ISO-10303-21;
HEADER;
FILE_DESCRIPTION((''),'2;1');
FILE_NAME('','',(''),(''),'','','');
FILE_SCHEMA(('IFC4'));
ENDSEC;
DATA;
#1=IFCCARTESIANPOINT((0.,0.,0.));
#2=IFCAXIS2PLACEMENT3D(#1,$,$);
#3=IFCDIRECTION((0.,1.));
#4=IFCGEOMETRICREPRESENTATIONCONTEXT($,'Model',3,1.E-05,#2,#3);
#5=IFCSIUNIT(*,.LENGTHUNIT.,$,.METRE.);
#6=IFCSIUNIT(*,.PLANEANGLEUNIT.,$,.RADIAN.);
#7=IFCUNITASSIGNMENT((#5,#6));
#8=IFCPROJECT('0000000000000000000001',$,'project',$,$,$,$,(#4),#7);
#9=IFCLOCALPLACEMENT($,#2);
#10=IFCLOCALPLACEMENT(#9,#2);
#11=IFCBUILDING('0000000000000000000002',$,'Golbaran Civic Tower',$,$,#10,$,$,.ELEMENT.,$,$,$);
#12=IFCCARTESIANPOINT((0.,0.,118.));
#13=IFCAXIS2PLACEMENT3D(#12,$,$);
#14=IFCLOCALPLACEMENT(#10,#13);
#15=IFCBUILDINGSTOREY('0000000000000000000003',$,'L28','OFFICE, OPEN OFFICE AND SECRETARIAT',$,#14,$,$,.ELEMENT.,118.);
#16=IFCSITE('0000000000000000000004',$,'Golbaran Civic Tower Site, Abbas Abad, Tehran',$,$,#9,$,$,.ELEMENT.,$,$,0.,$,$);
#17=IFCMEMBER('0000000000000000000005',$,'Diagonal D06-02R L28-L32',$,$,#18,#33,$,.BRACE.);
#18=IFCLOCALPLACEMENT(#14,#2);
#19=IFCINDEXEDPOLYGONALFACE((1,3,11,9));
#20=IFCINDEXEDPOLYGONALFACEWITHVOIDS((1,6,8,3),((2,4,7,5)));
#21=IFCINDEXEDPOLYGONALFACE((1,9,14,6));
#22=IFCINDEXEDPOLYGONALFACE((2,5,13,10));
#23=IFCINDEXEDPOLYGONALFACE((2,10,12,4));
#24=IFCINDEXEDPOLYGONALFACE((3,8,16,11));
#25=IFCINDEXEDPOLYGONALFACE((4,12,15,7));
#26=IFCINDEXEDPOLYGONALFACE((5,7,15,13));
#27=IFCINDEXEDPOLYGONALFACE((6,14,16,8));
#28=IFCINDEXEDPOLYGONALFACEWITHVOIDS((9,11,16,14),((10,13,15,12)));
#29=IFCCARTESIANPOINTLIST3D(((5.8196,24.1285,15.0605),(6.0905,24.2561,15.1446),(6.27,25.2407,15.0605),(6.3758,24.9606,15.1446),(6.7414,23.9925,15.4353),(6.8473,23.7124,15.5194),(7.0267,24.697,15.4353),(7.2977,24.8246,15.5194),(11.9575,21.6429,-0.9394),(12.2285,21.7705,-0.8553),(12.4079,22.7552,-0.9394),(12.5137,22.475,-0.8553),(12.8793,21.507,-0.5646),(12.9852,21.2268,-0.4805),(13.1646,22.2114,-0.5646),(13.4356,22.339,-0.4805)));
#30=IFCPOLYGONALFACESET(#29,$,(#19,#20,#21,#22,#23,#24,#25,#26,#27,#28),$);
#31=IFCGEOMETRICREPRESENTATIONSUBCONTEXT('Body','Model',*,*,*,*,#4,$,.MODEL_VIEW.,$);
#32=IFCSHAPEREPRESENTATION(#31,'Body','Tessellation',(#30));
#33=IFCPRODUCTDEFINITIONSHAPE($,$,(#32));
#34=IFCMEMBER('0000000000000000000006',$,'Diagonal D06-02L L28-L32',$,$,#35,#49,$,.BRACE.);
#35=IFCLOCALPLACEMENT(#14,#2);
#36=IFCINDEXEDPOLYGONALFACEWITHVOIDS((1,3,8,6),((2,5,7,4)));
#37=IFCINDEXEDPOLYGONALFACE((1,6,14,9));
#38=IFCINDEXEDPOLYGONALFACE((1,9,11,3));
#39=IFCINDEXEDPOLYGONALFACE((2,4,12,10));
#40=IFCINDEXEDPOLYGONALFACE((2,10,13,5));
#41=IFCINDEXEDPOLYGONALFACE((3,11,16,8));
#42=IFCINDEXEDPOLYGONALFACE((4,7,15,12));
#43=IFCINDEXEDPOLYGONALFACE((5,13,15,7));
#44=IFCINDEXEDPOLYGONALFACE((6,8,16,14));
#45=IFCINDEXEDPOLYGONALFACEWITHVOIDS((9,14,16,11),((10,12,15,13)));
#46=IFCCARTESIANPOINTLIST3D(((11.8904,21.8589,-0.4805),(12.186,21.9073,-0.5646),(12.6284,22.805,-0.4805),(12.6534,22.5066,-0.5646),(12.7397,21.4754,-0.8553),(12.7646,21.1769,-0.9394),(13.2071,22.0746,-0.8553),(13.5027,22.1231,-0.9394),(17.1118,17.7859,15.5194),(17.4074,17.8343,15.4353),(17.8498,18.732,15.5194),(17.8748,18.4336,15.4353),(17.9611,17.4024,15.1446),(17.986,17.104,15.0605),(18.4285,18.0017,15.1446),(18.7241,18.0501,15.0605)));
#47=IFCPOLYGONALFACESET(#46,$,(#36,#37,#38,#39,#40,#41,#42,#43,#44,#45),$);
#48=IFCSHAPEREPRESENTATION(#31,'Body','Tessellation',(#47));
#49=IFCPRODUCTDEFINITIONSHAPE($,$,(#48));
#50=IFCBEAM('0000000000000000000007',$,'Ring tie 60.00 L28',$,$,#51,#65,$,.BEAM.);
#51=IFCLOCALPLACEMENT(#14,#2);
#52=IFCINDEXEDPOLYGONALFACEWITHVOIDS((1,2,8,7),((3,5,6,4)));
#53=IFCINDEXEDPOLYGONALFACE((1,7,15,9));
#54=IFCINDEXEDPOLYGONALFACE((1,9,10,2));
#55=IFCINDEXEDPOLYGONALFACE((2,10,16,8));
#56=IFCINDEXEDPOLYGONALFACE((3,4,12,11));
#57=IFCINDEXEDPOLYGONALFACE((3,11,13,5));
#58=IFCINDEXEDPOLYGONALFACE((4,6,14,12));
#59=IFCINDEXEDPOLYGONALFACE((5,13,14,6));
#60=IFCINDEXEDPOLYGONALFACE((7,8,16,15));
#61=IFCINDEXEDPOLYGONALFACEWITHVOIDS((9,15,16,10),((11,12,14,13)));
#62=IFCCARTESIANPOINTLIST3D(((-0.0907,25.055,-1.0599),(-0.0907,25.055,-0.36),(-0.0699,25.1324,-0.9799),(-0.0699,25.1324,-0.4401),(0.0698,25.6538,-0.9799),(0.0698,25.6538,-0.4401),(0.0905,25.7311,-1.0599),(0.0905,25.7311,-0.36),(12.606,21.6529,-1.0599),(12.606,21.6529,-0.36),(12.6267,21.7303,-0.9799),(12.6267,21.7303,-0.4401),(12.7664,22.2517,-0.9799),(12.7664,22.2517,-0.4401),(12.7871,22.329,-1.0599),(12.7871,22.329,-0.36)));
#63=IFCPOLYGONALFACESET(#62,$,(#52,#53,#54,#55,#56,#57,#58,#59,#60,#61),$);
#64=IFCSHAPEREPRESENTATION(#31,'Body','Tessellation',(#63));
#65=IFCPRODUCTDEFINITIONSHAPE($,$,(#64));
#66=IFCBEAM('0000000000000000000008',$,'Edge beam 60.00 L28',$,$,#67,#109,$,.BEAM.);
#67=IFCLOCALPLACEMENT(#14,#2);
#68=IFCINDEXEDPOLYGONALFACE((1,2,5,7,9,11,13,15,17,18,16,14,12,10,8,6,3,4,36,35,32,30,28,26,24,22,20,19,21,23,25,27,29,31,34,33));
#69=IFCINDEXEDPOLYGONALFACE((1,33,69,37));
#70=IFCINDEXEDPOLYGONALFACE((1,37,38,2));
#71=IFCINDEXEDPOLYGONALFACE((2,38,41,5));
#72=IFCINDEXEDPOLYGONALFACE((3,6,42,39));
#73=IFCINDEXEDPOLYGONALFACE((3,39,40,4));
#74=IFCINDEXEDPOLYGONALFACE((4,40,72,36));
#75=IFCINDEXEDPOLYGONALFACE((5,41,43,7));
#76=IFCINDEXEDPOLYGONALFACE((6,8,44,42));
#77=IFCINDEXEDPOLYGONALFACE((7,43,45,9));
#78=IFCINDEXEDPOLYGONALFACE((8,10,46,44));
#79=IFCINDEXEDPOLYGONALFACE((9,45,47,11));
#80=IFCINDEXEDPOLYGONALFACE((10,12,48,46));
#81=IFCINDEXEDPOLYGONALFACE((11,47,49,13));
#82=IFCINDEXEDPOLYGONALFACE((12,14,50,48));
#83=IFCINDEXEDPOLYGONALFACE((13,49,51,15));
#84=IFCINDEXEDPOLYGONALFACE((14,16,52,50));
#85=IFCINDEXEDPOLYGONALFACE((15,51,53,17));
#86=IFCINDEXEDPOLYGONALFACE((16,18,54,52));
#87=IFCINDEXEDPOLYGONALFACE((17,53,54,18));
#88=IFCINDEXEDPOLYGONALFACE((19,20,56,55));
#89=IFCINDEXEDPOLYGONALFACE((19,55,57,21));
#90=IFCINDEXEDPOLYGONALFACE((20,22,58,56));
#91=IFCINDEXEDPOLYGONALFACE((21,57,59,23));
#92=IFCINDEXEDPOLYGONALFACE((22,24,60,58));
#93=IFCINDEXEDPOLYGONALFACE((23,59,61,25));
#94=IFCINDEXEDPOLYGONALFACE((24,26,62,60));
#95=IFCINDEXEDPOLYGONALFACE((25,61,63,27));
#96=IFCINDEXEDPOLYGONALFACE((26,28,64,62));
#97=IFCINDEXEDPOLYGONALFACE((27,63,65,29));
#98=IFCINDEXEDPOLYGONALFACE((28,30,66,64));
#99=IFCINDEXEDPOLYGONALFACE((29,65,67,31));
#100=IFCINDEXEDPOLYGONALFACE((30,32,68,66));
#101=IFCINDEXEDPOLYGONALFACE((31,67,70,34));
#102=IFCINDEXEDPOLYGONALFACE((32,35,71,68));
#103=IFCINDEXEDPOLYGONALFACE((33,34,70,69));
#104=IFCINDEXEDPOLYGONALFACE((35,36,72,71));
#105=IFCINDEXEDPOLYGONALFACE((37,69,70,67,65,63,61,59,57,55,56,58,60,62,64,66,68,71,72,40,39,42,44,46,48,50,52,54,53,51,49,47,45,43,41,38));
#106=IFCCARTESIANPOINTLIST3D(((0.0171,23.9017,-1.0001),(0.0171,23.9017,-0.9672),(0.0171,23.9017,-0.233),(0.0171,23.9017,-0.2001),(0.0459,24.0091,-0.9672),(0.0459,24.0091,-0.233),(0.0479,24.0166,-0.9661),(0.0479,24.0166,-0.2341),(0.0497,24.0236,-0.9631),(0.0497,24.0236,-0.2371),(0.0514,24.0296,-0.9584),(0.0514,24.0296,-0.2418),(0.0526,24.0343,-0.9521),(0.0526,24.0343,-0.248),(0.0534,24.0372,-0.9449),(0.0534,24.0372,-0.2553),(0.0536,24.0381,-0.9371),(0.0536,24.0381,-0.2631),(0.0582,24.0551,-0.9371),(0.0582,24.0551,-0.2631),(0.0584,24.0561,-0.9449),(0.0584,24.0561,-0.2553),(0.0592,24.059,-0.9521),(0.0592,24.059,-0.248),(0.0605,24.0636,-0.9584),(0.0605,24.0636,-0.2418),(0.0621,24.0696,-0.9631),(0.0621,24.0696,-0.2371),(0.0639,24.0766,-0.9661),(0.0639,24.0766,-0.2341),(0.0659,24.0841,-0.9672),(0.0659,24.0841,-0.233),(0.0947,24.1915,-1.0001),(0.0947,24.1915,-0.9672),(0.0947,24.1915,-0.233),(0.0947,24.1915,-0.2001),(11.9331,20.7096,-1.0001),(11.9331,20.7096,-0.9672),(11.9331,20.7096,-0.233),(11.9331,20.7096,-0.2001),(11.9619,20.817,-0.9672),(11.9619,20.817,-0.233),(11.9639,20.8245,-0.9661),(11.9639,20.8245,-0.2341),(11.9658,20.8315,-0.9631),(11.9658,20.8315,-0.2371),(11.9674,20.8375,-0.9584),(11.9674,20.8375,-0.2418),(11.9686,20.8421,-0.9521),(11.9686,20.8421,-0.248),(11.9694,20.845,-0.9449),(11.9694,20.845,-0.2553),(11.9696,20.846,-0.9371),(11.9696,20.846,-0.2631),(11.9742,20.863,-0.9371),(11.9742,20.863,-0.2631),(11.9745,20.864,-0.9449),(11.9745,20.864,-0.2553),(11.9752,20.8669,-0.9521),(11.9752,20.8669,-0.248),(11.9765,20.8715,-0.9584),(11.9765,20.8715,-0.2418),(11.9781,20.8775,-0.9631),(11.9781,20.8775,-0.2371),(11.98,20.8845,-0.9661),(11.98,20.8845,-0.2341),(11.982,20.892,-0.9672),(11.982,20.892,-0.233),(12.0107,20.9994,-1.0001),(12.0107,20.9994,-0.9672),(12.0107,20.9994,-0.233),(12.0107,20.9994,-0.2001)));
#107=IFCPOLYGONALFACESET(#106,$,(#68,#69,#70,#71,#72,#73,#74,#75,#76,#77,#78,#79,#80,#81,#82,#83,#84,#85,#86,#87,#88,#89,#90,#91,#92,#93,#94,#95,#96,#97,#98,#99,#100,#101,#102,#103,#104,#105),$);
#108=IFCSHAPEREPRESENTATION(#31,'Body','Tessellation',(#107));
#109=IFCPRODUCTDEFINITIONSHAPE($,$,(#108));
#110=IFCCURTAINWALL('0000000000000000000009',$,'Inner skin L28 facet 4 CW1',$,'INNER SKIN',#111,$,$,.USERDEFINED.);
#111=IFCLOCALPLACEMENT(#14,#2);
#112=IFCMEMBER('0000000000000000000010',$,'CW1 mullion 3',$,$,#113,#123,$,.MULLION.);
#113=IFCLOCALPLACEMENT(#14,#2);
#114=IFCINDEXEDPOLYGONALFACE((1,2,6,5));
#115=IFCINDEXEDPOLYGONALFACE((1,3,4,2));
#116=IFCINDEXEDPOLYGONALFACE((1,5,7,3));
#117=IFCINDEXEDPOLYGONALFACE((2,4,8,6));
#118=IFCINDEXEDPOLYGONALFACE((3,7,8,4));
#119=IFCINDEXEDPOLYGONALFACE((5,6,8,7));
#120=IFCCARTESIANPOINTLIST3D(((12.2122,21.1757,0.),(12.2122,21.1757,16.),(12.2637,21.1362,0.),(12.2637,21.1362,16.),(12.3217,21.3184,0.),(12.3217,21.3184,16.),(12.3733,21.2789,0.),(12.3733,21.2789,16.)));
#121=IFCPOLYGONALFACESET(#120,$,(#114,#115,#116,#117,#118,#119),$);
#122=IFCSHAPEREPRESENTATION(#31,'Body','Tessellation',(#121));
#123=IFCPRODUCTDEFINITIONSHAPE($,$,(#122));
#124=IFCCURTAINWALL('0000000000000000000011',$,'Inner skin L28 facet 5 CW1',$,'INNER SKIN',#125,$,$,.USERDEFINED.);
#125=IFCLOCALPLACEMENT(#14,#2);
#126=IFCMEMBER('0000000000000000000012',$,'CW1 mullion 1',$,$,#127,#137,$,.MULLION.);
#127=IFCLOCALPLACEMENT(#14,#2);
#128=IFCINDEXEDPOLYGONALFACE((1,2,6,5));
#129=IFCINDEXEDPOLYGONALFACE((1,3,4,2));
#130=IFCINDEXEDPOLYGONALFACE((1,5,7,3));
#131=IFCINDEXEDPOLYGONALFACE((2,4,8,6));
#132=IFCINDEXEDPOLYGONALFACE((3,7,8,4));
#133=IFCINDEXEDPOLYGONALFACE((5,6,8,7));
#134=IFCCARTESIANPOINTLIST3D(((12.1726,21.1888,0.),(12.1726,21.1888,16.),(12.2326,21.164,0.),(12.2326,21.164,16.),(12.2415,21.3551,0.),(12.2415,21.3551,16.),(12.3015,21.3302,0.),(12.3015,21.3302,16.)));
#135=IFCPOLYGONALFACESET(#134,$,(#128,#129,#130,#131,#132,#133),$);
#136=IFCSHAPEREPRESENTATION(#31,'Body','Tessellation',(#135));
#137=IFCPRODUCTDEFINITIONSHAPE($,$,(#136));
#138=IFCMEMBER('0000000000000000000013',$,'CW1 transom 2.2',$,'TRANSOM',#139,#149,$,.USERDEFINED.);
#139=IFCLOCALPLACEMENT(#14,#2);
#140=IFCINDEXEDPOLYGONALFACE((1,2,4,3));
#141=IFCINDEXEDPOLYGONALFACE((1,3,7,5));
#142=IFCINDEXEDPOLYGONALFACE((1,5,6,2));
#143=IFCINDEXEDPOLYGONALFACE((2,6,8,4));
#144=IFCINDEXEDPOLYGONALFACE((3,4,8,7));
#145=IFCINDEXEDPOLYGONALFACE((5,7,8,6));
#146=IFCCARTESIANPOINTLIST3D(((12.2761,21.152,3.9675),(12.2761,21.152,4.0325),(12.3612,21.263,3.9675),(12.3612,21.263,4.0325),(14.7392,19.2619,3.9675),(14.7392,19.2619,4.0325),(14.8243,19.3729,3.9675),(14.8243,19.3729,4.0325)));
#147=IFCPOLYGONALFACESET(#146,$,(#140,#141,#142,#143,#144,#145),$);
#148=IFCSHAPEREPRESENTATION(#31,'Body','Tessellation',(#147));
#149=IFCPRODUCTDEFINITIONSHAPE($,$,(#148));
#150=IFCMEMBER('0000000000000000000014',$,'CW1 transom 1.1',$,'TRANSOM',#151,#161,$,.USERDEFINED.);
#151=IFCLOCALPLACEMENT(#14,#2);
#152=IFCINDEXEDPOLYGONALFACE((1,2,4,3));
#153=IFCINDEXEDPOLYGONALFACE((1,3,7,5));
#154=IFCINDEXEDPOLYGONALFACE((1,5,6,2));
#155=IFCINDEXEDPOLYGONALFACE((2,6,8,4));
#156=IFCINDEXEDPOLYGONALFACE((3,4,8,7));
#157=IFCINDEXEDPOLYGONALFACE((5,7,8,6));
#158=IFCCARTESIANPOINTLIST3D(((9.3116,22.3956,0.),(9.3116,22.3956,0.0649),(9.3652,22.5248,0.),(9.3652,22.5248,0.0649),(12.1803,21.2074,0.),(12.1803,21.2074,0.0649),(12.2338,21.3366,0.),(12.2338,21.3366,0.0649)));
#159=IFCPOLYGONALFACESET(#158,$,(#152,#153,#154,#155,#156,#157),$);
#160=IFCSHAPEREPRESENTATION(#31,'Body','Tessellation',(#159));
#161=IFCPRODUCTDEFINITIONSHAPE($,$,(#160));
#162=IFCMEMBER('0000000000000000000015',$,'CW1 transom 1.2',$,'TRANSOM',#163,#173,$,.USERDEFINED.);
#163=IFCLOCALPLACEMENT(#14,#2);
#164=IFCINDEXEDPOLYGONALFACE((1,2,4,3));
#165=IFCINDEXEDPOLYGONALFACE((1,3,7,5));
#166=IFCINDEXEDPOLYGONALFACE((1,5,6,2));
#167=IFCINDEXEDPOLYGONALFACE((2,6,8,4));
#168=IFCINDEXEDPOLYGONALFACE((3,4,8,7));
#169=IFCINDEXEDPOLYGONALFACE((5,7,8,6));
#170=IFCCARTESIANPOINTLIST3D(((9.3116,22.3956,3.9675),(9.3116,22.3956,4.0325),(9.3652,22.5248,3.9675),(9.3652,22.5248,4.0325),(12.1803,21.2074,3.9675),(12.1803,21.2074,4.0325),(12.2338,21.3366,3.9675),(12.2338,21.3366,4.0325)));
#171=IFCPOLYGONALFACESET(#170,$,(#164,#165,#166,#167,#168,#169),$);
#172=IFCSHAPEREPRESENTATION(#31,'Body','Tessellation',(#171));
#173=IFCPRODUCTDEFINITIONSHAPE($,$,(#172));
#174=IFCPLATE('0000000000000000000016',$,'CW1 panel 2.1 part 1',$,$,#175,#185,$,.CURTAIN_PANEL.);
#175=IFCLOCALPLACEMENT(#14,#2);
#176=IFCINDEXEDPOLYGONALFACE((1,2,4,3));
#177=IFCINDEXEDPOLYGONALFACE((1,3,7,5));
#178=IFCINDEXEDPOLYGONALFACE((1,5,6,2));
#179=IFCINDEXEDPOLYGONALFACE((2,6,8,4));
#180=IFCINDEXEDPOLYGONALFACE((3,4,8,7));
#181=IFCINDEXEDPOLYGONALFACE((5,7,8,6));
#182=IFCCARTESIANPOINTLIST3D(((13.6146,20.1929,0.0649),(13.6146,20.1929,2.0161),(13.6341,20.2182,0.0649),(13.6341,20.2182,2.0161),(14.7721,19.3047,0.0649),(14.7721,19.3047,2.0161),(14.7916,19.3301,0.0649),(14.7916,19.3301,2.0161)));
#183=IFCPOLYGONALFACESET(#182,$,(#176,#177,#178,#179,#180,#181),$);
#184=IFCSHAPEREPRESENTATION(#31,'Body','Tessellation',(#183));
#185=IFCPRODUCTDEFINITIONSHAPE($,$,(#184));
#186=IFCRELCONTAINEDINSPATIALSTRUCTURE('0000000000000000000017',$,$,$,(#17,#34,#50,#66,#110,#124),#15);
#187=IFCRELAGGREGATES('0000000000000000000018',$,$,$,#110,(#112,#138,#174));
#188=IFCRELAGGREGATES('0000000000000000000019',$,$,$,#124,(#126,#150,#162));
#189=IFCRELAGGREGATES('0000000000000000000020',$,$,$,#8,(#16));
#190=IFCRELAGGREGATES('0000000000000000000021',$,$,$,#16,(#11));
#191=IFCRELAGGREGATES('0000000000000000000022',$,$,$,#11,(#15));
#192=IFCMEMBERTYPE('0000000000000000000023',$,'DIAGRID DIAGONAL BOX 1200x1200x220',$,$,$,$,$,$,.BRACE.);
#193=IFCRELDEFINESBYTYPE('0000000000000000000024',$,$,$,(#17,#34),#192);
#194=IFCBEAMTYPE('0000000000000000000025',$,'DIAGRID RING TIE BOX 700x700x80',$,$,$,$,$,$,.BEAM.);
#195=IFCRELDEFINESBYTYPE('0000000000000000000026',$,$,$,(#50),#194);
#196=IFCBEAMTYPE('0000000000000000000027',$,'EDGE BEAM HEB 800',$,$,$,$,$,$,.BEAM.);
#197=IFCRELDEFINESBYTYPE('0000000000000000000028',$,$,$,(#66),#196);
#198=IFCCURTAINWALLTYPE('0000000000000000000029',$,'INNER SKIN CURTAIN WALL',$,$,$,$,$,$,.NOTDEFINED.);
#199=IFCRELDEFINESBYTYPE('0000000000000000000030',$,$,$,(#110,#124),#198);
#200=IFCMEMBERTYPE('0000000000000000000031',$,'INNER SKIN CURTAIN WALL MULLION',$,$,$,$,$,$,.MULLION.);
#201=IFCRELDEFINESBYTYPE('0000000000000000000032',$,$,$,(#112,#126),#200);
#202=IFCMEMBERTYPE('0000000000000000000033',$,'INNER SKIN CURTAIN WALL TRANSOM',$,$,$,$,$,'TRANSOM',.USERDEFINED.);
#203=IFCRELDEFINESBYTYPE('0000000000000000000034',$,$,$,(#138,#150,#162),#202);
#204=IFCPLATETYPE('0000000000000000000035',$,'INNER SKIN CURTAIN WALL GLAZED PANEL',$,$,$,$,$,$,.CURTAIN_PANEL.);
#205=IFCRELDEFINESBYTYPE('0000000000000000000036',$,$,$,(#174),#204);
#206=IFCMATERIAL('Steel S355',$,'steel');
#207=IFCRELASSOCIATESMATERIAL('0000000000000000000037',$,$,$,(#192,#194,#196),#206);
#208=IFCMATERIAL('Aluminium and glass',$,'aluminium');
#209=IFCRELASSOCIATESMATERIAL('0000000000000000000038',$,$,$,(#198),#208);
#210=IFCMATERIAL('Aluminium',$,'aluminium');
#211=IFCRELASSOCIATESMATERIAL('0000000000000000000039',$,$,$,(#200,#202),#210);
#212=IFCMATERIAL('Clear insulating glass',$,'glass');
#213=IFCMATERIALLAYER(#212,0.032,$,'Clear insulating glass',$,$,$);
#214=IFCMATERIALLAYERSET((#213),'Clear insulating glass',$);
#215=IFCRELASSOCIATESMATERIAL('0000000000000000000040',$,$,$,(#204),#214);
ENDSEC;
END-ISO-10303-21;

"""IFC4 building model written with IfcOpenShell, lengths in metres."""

from ifc_helpers import new_model, si_unit, direction, frame, origin, origin_2d, place, context, subcontext, project, spatial, rectangle, hollow_rectangle, i_section, extrude, material, layer, layer_set, material_profile, profile_set, type_object, element, aggregate, save


model = new_model("IFC4")

# Units and contexts
model_context = context("Model", 3, precision=1e-05, world=origin(), true_north=direction((0.0, 1.0)))
body_context = subcontext(model_context, "Body", "Model", "MODEL_VIEW")
ifc_project = project(units=[si_unit("LENGTHUNIT", "METRE"), si_unit("PLANEANGLEUNIT", "RADIAN")], contexts=[model_context])

# Site, building, storey
site_placement = place(None, origin())
site = spatial("IfcSite", under=ifc_project, at=site_placement, Name="Golbaran Civic Tower Site, Abbas Abad, Tehran", CompositionType="ELEMENT", RefElevation=0.0)
building_placement = place(site_placement, origin())
building = spatial("IfcBuilding", under=site, at=building_placement, Name="Golbaran Civic Tower", CompositionType="ELEMENT")
storey_placement = place(building_placement, frame((0.0, 0.0, 118.0)))
storey = spatial("IfcBuildingStorey", under=building, at=storey_placement, Name="L28", Description="OFFICE, OPEN OFFICE AND SECRETARIAT", CompositionType="ELEMENT", Elevation=118.0)

# Members
ifc_material_1 = material(Name="Steel S355", Category="steel")
ifc_material_profile_1 = material_profile(ifc_material_1, hollow_rectangle(XDim=1.2, YDim=1.2, WallThickness=0.22, at=origin_2d()), Name="BOX 1200x1200x220")
ifc_profile_set_1 = profile_set([ifc_material_profile_1], Name="Steel S355")
member_type_1 = type_object("IfcMemberType", Name="DIAGRID DIAGONAL BOX 1200x1200x220", PredefinedType="BRACE", material=ifc_profile_set_1)
for number, where, z_axis, x_axis, name in (
    (1, (12.6965, 21.991, -0.71), (-0.354461, 0.143541, 0.923988), (-0.375347, -0.926884, 0.0), "Diagonal D06-02R L28-L32"),
    (2, (12.6965, 21.991, -0.71), (0.301534, -0.235212, 0.923987), (0.615058, 0.788482, 0.0), "Diagonal D06-02L L28-L32"),
):
    element("IfcMember", number, at=place(storey_placement, frame(where, z_axis=z_axis, x_axis=x_axis)), inside=storey, type_object=member_type_1, Name=name, PredefinedType="BRACE", context=body_context, shape_type="SweptSolid", body=[
        extrude(hollow_rectangle(XDim=1.2, YDim=1.2, WallThickness=0.22, at=origin_2d()), origin(), (0.0, 0.0, 1.0), 17.3162),
    ])

# Beams
ifc_material_profile_2 = material_profile(ifc_material_1, hollow_rectangle(XDim=0.7, YDim=0.7, WallThickness=0.0801, at=origin_2d()), Name="BOX 700x700x80")
ifc_profile_set_2 = profile_set([ifc_material_profile_2], Name="Steel S355")
beam_type_1 = type_object("IfcBeamType", Name="DIAGRID RING TIE BOX 700x700x80", PredefinedType="BEAM", material=ifc_profile_set_2)
beam_1_placement = place(storey_placement, frame((12.6965, 21.991, -0.71), z_axis=(-0.965924, 0.258824, 0.0), x_axis=(-0.258824, -0.965924, 0.0)))
element("IfcBeam", 3, at=beam_1_placement, inside=storey, type_object=beam_type_1, Name="Ring tie 60.00 L28", PredefinedType="BEAM", context=body_context, shape_type="SweptSolid", body=[
    extrude(hollow_rectangle(XDim=0.7, YDim=0.7, WallThickness=0.0801, at=origin_2d()), origin(), (0.0, 0.0, 1.0), 13.1445),
])
ifc_material_profile_3 = material_profile(ifc_material_1, i_section(OverallWidth=0.3, OverallDepth=0.8, WebThickness=0.0176, FlangeThickness=0.033, FilletRadius=0.03, at=origin_2d()), Name="HEB 800")
ifc_profile_set_3 = profile_set([ifc_material_profile_3], Name="Steel S355")
beam_type_2 = type_object("IfcBeamType", Name="EDGE BEAM HEB 800", PredefinedType="BEAM", material=ifc_profile_set_3)
beam_2_placement = place(storey_placement, frame((11.9719, 20.8545, -0.6001), z_axis=(-0.965941, 0.258762, 0.0), x_axis=(-0.258762, -0.965941, 0.0)))
element("IfcBeam", 4, at=beam_2_placement, inside=storey, type_object=beam_type_2, Name="Edge beam 60.00 L28", PredefinedType="BEAM", context=body_context, shape_type="SweptSolid", body=[
    extrude(i_section(OverallWidth=0.3, OverallDepth=0.8, WebThickness=0.0176, FlangeThickness=0.033, FilletRadius=0.03, at=origin_2d()), origin(), (0.0, 0.0, 1.0), 12.3362),
])

# Curtain walls, members
ifc_material_2 = material(Name="Aluminium and glass", Category="aluminium")
curtain_wall_type_1 = type_object("IfcCurtainWallType", Name="INNER SKIN CURTAIN WALL", PredefinedType="NOTDEFINED", material=ifc_material_2)
curtain_wall_1_placement = place(storey_placement, origin())
curtain_wall_1 = element("IfcCurtainWall", 5, at=curtain_wall_1_placement, inside=storey, type_object=curtain_wall_type_1, Name="Inner skin L28 facet 4 CW1", ObjectType="INNER SKIN", PredefinedType="USERDEFINED")
ifc_material_3 = material(Name="Aluminium", Category="aluminium")
ifc_material_profile_4 = material_profile(ifc_material_3, rectangle(XDim=0.1799, YDim=0.0649, at=origin_2d()), Name="INNER SKIN CURTAIN WALL MULLION")
ifc_profile_set_4 = profile_set([ifc_material_profile_4], Name="Aluminium")
member_type_2 = type_object("IfcMemberType", Name="INNER SKIN CURTAIN WALL MULLION", PredefinedType="MULLION", material=ifc_profile_set_4)
member_1_placement = place(storey_placement, frame((12.2927, 21.2273, 0.0), z_axis=(0.0, 0.0, 1.0), x_axis=(-0.608761, -0.793353, 0.0)))
member_1 = element("IfcMember", 6, at=member_1_placement, type_object=member_type_2, Name="CW1 mullion 3", PredefinedType="MULLION", context=body_context, shape_type="SweptSolid", body=[
    extrude(rectangle(XDim=0.1799, YDim=0.0649, at=origin_2d()), origin(), (0.0, 0.0, 1.0), 16.0),
])
curtain_wall_2_placement = place(storey_placement, origin())
curtain_wall_2 = element("IfcCurtainWall", 7, at=curtain_wall_2_placement, inside=storey, type_object=curtain_wall_type_1, Name="Inner skin L28 facet 5 CW1", ObjectType="INNER SKIN", PredefinedType="USERDEFINED")
member_2_placement = place(storey_placement, frame((12.2371, 21.2595, 0.0), z_axis=(0.0, 0.0, 1.0), x_axis=(-0.382683, -0.92388, 0.0)))
member_2 = element("IfcMember", 8, at=member_2_placement, type_object=member_type_2, Name="CW1 mullion 1", PredefinedType="MULLION", context=body_context, shape_type="SweptSolid", body=[
    extrude(rectangle(XDim=0.1799, YDim=0.0649, at=origin_2d()), origin(), (0.0, 0.0, 1.0), 16.0),
])

# Members
ifc_material_profile_5 = material_profile(ifc_material_3, rectangle(XDim=0.1399, YDim=0.0649, at=origin_2d()), Name="INNER SKIN CURTAIN WALL TRANSOM")
ifc_profile_set_5 = profile_set([ifc_material_profile_5], Name="Aluminium")
member_type_3 = type_object("IfcMemberType", Name="INNER SKIN CURTAIN WALL TRANSOM", ElementType="TRANSOM", PredefinedType="USERDEFINED", material=ifc_profile_set_5)
member_3_placement = place(storey_placement, frame((14.7817, 19.3174, 4.0), z_axis=(-0.793337, 0.608783, 0.0), x_axis=(-0.608783, -0.793337, 0.0)))
member_3 = element("IfcMember", 9, at=member_3_placement, type_object=member_type_3, Name="CW1 transom 2.2", ObjectType="TRANSOM", PredefinedType="USERDEFINED", context=body_context, shape_type="SweptSolid", body=[
    extrude(rectangle(XDim=0.1399, YDim=0.0649, at=origin_2d()), origin(), (0.0, 0.0, 1.0), 3.1047),
])
member_4_placement = place(storey_placement, frame((12.207, 21.272, 0.0325), z_axis=(-0.92388, 0.382683, 0.0), x_axis=(-0.382683, -0.92388, 0.0)))
member_4 = element("IfcMember", 10, at=member_4_placement, type_object=member_type_3, Name="CW1 transom 1.1", ObjectType="TRANSOM", PredefinedType="USERDEFINED", context=body_context, shape_type="SweptSolid", body=[
    extrude(rectangle(XDim=0.1399, YDim=0.0649, at=origin_2d()), origin(), (0.0, 0.0, 1.0), 3.105),
])
member_5_placement = place(storey_placement, frame((12.207, 21.272, 4.0), z_axis=(-0.92388, 0.382683, 0.0), x_axis=(-0.382683, -0.92388, 0.0)))
member_5 = element("IfcMember", 11, at=member_5_placement, type_object=member_type_3, Name="CW1 transom 1.2", ObjectType="TRANSOM", PredefinedType="USERDEFINED", context=body_context, shape_type="SweptSolid", body=[
    extrude(rectangle(XDim=0.1399, YDim=0.0649, at=origin_2d()), origin(), (0.0, 0.0, 1.0), 3.105),
])

# Plate
ifc_material_4 = material(Name="Clear insulating glass", Category="glass")
ifc_layer_1 = layer(ifc_material_4, 0.032, Name="Clear insulating glass")
ifc_layer_set_1 = layer_set([ifc_layer_1], Name="Clear insulating glass")
plate_type_1 = type_object("IfcPlateType", Name="INNER SKIN CURTAIN WALL GLAZED PANEL", PredefinedType="CURTAIN_PANEL", material=ifc_layer_set_1)
plate_1_placement = place(storey_placement, frame((14.2031, 19.7615, 0.0649), z_axis=(0.0, 0.0, 1.0), x_axis=(-0.793353, 0.608761, 0.0)))
plate_1 = element("IfcPlate", 12, at=plate_1_placement, type_object=plate_type_1, Name="CW1 panel 2.1 part 1", PredefinedType="CURTAIN_PANEL", context=body_context, shape_type="SweptSolid", body=[
    extrude(rectangle(XDim=1.459, YDim=0.032, at=origin_2d()), origin(), (0.0, 0.0, 1.0), 1.9512),
])
aggregate(curtain_wall_1, [member_1, member_3, plate_1])
aggregate(curtain_wall_2, [member_2, member_4, member_5])

save(model, "model.ifc")
